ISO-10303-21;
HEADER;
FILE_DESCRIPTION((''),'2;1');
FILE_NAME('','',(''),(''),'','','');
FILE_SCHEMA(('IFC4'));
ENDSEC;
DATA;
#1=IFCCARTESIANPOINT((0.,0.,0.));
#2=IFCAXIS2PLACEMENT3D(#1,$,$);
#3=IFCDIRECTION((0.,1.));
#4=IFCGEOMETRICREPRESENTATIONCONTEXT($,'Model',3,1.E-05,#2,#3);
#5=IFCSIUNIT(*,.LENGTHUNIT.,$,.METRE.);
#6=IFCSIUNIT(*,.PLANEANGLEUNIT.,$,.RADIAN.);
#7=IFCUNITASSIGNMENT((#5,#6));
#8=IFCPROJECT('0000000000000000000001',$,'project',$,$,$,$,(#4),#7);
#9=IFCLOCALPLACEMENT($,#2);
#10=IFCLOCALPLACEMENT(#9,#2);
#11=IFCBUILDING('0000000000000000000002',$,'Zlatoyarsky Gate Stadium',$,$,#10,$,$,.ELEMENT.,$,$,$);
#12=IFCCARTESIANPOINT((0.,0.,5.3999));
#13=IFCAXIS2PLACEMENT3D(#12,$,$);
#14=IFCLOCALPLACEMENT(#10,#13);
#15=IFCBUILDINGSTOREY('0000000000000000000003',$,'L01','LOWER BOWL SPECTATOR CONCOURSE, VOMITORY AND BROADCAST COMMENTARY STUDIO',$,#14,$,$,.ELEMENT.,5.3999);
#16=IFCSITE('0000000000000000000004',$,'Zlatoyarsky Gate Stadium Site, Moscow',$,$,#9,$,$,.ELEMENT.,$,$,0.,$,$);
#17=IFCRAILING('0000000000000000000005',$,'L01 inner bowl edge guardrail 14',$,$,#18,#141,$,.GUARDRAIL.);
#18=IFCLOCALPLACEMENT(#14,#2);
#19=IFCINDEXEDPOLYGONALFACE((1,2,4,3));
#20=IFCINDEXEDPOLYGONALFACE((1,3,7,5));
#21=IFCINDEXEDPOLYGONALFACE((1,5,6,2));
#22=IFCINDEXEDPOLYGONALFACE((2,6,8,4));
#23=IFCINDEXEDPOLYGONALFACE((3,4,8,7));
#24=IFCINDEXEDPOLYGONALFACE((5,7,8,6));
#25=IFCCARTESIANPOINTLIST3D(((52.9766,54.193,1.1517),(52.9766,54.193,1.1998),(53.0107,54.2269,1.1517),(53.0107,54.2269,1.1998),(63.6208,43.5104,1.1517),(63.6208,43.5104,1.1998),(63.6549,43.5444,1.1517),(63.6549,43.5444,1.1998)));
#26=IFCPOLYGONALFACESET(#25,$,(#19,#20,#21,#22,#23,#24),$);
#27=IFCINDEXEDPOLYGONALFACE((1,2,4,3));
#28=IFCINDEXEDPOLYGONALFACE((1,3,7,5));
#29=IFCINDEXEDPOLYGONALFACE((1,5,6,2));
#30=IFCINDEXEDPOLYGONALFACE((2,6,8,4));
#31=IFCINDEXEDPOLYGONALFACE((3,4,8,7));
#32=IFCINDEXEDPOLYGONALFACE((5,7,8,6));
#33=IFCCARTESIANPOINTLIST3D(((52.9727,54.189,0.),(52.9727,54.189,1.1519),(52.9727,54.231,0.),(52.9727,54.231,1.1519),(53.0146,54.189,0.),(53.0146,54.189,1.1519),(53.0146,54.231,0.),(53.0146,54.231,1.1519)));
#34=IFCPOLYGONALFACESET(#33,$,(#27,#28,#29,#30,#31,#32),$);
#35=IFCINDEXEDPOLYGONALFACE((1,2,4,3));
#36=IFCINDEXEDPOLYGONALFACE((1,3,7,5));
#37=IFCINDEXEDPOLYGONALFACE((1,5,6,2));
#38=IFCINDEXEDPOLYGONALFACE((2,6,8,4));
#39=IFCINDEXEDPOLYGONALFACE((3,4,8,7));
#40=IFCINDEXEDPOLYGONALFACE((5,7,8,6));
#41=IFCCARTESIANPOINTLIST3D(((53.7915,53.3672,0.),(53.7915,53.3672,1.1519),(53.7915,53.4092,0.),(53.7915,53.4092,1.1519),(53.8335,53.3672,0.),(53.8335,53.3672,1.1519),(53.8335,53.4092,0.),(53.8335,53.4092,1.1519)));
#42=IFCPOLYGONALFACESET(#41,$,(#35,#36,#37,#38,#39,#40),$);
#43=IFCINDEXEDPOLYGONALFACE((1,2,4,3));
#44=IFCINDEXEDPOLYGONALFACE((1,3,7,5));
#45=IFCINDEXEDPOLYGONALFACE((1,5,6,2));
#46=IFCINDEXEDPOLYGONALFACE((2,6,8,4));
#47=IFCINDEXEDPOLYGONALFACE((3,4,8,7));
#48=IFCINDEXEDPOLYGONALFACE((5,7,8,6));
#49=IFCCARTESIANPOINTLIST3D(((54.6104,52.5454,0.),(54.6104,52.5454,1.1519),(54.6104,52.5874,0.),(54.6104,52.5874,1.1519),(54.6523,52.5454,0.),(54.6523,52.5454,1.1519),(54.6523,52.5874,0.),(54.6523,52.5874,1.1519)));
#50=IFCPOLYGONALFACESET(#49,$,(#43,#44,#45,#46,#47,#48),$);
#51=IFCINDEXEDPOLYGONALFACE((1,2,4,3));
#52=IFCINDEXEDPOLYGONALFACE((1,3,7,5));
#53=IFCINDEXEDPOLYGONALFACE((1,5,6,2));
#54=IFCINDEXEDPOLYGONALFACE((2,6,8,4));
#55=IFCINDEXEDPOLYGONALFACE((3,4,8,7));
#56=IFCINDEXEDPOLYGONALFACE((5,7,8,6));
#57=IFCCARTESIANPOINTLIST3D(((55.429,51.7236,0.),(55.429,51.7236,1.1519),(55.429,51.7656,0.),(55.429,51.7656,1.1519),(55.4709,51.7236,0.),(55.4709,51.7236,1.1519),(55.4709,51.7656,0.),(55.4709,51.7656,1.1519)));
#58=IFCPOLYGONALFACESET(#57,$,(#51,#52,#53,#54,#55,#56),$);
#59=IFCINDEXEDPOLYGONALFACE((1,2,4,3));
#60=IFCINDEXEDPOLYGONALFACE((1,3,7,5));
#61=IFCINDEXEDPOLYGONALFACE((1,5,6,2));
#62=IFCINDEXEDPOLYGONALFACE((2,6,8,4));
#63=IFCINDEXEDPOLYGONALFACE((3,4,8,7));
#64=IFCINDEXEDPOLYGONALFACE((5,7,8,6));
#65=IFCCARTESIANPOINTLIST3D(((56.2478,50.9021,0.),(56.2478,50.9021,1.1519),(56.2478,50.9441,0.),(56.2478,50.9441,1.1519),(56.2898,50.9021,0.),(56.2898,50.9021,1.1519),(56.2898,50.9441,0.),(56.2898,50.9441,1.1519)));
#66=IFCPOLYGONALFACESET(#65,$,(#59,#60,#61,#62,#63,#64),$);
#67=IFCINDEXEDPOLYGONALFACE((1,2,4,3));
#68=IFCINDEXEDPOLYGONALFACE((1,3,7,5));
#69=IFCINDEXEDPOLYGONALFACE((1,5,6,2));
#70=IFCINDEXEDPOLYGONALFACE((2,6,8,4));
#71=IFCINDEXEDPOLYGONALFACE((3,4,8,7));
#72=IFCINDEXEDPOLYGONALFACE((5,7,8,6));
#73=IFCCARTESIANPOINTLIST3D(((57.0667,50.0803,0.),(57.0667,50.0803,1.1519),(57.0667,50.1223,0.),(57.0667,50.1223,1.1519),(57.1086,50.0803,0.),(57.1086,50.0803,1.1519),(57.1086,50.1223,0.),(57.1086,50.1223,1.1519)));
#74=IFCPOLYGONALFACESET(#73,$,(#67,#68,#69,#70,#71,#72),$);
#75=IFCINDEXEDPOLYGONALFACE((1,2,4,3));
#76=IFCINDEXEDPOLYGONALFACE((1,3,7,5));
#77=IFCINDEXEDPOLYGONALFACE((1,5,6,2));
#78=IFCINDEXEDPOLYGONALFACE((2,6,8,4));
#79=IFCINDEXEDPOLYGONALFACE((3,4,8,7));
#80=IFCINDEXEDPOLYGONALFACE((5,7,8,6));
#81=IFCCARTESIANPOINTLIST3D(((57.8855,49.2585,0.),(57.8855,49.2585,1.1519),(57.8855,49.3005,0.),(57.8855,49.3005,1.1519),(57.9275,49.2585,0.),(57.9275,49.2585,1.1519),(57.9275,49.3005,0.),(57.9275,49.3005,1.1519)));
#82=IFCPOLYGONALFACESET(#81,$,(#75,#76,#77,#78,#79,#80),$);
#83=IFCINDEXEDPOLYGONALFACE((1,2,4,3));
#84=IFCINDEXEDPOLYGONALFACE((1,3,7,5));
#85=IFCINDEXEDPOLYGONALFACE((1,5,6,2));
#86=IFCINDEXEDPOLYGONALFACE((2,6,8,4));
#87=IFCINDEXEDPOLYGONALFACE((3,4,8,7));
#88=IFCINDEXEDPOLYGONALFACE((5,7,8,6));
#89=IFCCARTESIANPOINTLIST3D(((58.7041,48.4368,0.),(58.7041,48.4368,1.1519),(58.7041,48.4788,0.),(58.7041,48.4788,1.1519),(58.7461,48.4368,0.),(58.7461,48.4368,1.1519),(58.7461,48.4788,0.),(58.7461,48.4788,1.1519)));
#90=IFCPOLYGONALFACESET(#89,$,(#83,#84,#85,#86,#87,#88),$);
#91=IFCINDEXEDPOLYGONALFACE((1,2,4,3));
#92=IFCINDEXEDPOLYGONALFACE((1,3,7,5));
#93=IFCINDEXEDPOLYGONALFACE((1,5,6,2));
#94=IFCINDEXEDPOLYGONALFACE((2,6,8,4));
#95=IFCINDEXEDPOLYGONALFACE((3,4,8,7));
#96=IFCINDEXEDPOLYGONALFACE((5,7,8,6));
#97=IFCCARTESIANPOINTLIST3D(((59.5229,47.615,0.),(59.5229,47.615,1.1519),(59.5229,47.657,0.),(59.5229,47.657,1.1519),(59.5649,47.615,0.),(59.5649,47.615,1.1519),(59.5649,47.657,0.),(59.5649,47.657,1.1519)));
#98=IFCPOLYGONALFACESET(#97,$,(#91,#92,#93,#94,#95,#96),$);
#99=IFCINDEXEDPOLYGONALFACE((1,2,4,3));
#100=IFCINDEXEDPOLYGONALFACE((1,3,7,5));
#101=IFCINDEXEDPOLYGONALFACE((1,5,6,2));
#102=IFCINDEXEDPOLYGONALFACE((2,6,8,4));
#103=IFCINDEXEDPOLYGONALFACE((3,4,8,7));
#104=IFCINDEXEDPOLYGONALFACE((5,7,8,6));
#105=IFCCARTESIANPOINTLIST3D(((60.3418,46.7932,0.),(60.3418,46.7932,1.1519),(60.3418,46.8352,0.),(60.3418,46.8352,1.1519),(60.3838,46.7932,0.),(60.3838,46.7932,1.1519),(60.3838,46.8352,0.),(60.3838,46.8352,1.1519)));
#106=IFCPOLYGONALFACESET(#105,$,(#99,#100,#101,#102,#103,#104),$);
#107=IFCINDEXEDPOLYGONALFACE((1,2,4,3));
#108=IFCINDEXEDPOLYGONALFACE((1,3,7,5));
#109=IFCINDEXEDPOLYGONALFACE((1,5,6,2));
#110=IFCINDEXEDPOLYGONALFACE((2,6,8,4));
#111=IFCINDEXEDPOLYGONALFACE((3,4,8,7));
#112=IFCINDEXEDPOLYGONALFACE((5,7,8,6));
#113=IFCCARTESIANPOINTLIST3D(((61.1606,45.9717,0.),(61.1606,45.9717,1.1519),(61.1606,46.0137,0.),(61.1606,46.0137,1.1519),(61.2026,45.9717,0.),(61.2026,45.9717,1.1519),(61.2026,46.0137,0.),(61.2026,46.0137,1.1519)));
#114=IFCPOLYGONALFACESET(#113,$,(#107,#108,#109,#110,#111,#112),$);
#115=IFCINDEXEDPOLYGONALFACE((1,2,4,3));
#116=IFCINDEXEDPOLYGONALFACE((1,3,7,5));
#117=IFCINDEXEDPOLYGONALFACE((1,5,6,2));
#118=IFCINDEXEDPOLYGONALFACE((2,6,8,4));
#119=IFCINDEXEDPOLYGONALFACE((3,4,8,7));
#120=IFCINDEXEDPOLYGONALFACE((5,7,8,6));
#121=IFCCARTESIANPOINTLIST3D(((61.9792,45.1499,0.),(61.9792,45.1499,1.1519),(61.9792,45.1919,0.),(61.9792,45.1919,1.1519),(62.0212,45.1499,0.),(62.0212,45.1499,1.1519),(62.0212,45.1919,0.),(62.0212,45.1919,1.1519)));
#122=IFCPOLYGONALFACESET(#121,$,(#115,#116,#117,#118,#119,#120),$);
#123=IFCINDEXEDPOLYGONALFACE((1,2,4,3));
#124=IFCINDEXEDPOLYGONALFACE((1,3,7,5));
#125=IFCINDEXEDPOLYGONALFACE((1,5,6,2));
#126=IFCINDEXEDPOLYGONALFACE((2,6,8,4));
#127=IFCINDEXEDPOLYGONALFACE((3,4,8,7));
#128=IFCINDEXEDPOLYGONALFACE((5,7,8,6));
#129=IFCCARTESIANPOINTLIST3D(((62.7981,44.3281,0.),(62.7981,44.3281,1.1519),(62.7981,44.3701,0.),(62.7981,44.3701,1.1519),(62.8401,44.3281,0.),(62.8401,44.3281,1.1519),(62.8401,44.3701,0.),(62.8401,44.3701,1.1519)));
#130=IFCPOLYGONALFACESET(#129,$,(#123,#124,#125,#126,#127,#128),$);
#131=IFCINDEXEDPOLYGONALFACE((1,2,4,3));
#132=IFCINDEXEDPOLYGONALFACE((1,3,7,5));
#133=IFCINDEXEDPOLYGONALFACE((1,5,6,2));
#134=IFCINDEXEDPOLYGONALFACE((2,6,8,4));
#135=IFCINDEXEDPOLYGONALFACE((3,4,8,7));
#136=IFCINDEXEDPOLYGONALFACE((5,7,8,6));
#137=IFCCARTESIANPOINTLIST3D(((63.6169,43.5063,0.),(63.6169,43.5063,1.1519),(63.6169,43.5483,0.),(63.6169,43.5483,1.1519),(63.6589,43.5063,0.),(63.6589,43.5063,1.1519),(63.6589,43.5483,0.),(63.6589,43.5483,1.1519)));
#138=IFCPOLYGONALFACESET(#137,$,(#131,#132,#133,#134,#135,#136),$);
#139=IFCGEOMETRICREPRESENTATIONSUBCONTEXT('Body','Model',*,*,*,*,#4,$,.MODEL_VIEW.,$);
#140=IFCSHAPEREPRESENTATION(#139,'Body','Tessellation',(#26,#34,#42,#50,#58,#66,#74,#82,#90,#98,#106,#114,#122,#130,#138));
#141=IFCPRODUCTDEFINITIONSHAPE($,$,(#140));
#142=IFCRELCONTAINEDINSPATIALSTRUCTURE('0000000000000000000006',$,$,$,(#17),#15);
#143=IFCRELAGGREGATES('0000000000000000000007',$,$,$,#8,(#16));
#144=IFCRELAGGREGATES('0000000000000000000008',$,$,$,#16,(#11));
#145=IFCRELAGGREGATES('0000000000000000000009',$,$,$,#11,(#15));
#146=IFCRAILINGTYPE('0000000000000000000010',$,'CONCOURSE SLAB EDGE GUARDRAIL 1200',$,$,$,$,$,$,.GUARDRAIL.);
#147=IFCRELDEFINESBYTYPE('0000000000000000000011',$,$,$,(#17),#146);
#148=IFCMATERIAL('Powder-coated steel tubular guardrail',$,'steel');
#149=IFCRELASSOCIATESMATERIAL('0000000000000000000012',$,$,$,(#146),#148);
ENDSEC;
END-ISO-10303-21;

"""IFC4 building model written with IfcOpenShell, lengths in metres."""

from ifc_helpers import new_model, si_unit, direction, frame, origin, origin_2d, place, context, subcontext, project, spatial, rectangle, extrude, material, type_object, element, save


model = new_model("IFC4")

# Units and contexts
model_context = context("Model", 3, precision=1e-05, world=origin(), true_north=direction((0.0, 1.0)))
body_context = subcontext(model_context, "Body", "Model", "MODEL_VIEW")
ifc_project = project(units=[si_unit("LENGTHUNIT", "METRE"), si_unit("PLANEANGLEUNIT", "RADIAN")], contexts=[model_context])

# Site, building, storey
site_placement = place(None, origin())
site = spatial("IfcSite", under=ifc_project, at=site_placement, Name="Zlatoyarsky Gate Stadium Site, Moscow", CompositionType="ELEMENT", RefElevation=0.0)
building_placement = place(site_placement, origin())
building = spatial("IfcBuilding", under=site, at=building_placement, Name="Zlatoyarsky Gate Stadium", CompositionType="ELEMENT")
storey_placement = place(building_placement, frame((0.0, 0.0, 5.3999)))
storey = spatial("IfcBuildingStorey", under=building, at=storey_placement, Name="L01", Description="LOWER BOWL SPECTATOR CONCOURSE, VOMITORY AND BROADCAST COMMENTARY STUDIO", CompositionType="ELEMENT", Elevation=5.3999)

# Railing
ifc_material_1 = material(Name="Powder-coated steel tubular guardrail", Category="steel")
railing_type_1 = type_object("IfcRailingType", Name="CONCOURSE SLAB EDGE GUARDRAIL 1200", PredefinedType="GUARDRAIL", material=ifc_material_1)
railing_1_placement = place(storey_placement, frame((52.9937, 54.21, 0.0)))
element("IfcRailing", 1, at=railing_1_placement, inside=storey, type_object=railing_type_1, Name="L01 inner bowl edge guardrail 14", PredefinedType="GUARDRAIL", context=body_context, shape_type="SweptSolid", body=[
    extrude(rectangle(XDim=0.0481, YDim=0.0481, at=origin_2d()), frame((0.0, 0.0, 1.1758), z_axis=(0.705835, -0.708376, 0.0), x_axis=(0.708376, 0.705835, 0.0)), (0.0, 0.0, 1.0), 15.0803),
    extrude(rectangle(XDim=0.042, YDim=0.042, at=origin_2d()), origin(), (0.0, 0.0, 1.0), 1.1519),
    extrude(rectangle(XDim=0.042, YDim=0.042, at=origin_2d()), frame((0.8188, -0.8218, 0.0)), (0.0, 0.0, 1.0), 1.1519),
    extrude(rectangle(XDim=0.042, YDim=0.042, at=origin_2d()), frame((1.6377, -1.6436, 0.0)), (0.0, 0.0, 1.0), 1.1519),
    extrude(rectangle(XDim=0.042, YDim=0.042, at=origin_2d()), frame((2.4563, -2.4653, 0.0)), (0.0, 0.0, 1.0), 1.1519),
    extrude(rectangle(XDim=0.042, YDim=0.042, at=origin_2d()), frame((3.2751, -3.2869, 0.0)), (0.0, 0.0, 1.0), 1.1519),
    extrude(rectangle(XDim=0.042, YDim=0.042, at=origin_2d()), frame((4.094, -4.1086, 0.0)), (0.0, 0.0, 1.0), 1.1519),
    extrude(rectangle(XDim=0.042, YDim=0.042, at=origin_2d()), frame((4.9128, -4.9304, 0.0)), (0.0, 0.0, 1.0), 1.1519),
    extrude(rectangle(XDim=0.042, YDim=0.042, at=origin_2d()), frame((5.7314, -5.7522, 0.0)), (0.0, 0.0, 1.0), 1.1519),
    extrude(rectangle(XDim=0.042, YDim=0.042, at=origin_2d()), frame((6.5503, -6.574, 0.0)), (0.0, 0.0, 1.0), 1.1519),
    extrude(rectangle(XDim=0.042, YDim=0.042, at=origin_2d()), frame((7.3691, -7.3958, 0.0)), (0.0, 0.0, 1.0), 1.1519),
    extrude(rectangle(XDim=0.042, YDim=0.042, at=origin_2d()), frame((8.188, -8.2173, 0.0)), (0.0, 0.0, 1.0), 1.1519),
    extrude(rectangle(XDim=0.042, YDim=0.042, at=origin_2d()), frame((9.0066, -9.0391, 0.0)), (0.0, 0.0, 1.0), 1.1519),
    extrude(rectangle(XDim=0.042, YDim=0.042, at=origin_2d()), frame((9.8254, -9.8608, 0.0)), (0.0, 0.0, 1.0), 1.1519),
    extrude(rectangle(XDim=0.042, YDim=0.042, at=origin_2d()), frame((10.6443, -10.6826, 0.0)), (0.0, 0.0, 1.0), 1.1519),
])

save(model, "model.ifc")
